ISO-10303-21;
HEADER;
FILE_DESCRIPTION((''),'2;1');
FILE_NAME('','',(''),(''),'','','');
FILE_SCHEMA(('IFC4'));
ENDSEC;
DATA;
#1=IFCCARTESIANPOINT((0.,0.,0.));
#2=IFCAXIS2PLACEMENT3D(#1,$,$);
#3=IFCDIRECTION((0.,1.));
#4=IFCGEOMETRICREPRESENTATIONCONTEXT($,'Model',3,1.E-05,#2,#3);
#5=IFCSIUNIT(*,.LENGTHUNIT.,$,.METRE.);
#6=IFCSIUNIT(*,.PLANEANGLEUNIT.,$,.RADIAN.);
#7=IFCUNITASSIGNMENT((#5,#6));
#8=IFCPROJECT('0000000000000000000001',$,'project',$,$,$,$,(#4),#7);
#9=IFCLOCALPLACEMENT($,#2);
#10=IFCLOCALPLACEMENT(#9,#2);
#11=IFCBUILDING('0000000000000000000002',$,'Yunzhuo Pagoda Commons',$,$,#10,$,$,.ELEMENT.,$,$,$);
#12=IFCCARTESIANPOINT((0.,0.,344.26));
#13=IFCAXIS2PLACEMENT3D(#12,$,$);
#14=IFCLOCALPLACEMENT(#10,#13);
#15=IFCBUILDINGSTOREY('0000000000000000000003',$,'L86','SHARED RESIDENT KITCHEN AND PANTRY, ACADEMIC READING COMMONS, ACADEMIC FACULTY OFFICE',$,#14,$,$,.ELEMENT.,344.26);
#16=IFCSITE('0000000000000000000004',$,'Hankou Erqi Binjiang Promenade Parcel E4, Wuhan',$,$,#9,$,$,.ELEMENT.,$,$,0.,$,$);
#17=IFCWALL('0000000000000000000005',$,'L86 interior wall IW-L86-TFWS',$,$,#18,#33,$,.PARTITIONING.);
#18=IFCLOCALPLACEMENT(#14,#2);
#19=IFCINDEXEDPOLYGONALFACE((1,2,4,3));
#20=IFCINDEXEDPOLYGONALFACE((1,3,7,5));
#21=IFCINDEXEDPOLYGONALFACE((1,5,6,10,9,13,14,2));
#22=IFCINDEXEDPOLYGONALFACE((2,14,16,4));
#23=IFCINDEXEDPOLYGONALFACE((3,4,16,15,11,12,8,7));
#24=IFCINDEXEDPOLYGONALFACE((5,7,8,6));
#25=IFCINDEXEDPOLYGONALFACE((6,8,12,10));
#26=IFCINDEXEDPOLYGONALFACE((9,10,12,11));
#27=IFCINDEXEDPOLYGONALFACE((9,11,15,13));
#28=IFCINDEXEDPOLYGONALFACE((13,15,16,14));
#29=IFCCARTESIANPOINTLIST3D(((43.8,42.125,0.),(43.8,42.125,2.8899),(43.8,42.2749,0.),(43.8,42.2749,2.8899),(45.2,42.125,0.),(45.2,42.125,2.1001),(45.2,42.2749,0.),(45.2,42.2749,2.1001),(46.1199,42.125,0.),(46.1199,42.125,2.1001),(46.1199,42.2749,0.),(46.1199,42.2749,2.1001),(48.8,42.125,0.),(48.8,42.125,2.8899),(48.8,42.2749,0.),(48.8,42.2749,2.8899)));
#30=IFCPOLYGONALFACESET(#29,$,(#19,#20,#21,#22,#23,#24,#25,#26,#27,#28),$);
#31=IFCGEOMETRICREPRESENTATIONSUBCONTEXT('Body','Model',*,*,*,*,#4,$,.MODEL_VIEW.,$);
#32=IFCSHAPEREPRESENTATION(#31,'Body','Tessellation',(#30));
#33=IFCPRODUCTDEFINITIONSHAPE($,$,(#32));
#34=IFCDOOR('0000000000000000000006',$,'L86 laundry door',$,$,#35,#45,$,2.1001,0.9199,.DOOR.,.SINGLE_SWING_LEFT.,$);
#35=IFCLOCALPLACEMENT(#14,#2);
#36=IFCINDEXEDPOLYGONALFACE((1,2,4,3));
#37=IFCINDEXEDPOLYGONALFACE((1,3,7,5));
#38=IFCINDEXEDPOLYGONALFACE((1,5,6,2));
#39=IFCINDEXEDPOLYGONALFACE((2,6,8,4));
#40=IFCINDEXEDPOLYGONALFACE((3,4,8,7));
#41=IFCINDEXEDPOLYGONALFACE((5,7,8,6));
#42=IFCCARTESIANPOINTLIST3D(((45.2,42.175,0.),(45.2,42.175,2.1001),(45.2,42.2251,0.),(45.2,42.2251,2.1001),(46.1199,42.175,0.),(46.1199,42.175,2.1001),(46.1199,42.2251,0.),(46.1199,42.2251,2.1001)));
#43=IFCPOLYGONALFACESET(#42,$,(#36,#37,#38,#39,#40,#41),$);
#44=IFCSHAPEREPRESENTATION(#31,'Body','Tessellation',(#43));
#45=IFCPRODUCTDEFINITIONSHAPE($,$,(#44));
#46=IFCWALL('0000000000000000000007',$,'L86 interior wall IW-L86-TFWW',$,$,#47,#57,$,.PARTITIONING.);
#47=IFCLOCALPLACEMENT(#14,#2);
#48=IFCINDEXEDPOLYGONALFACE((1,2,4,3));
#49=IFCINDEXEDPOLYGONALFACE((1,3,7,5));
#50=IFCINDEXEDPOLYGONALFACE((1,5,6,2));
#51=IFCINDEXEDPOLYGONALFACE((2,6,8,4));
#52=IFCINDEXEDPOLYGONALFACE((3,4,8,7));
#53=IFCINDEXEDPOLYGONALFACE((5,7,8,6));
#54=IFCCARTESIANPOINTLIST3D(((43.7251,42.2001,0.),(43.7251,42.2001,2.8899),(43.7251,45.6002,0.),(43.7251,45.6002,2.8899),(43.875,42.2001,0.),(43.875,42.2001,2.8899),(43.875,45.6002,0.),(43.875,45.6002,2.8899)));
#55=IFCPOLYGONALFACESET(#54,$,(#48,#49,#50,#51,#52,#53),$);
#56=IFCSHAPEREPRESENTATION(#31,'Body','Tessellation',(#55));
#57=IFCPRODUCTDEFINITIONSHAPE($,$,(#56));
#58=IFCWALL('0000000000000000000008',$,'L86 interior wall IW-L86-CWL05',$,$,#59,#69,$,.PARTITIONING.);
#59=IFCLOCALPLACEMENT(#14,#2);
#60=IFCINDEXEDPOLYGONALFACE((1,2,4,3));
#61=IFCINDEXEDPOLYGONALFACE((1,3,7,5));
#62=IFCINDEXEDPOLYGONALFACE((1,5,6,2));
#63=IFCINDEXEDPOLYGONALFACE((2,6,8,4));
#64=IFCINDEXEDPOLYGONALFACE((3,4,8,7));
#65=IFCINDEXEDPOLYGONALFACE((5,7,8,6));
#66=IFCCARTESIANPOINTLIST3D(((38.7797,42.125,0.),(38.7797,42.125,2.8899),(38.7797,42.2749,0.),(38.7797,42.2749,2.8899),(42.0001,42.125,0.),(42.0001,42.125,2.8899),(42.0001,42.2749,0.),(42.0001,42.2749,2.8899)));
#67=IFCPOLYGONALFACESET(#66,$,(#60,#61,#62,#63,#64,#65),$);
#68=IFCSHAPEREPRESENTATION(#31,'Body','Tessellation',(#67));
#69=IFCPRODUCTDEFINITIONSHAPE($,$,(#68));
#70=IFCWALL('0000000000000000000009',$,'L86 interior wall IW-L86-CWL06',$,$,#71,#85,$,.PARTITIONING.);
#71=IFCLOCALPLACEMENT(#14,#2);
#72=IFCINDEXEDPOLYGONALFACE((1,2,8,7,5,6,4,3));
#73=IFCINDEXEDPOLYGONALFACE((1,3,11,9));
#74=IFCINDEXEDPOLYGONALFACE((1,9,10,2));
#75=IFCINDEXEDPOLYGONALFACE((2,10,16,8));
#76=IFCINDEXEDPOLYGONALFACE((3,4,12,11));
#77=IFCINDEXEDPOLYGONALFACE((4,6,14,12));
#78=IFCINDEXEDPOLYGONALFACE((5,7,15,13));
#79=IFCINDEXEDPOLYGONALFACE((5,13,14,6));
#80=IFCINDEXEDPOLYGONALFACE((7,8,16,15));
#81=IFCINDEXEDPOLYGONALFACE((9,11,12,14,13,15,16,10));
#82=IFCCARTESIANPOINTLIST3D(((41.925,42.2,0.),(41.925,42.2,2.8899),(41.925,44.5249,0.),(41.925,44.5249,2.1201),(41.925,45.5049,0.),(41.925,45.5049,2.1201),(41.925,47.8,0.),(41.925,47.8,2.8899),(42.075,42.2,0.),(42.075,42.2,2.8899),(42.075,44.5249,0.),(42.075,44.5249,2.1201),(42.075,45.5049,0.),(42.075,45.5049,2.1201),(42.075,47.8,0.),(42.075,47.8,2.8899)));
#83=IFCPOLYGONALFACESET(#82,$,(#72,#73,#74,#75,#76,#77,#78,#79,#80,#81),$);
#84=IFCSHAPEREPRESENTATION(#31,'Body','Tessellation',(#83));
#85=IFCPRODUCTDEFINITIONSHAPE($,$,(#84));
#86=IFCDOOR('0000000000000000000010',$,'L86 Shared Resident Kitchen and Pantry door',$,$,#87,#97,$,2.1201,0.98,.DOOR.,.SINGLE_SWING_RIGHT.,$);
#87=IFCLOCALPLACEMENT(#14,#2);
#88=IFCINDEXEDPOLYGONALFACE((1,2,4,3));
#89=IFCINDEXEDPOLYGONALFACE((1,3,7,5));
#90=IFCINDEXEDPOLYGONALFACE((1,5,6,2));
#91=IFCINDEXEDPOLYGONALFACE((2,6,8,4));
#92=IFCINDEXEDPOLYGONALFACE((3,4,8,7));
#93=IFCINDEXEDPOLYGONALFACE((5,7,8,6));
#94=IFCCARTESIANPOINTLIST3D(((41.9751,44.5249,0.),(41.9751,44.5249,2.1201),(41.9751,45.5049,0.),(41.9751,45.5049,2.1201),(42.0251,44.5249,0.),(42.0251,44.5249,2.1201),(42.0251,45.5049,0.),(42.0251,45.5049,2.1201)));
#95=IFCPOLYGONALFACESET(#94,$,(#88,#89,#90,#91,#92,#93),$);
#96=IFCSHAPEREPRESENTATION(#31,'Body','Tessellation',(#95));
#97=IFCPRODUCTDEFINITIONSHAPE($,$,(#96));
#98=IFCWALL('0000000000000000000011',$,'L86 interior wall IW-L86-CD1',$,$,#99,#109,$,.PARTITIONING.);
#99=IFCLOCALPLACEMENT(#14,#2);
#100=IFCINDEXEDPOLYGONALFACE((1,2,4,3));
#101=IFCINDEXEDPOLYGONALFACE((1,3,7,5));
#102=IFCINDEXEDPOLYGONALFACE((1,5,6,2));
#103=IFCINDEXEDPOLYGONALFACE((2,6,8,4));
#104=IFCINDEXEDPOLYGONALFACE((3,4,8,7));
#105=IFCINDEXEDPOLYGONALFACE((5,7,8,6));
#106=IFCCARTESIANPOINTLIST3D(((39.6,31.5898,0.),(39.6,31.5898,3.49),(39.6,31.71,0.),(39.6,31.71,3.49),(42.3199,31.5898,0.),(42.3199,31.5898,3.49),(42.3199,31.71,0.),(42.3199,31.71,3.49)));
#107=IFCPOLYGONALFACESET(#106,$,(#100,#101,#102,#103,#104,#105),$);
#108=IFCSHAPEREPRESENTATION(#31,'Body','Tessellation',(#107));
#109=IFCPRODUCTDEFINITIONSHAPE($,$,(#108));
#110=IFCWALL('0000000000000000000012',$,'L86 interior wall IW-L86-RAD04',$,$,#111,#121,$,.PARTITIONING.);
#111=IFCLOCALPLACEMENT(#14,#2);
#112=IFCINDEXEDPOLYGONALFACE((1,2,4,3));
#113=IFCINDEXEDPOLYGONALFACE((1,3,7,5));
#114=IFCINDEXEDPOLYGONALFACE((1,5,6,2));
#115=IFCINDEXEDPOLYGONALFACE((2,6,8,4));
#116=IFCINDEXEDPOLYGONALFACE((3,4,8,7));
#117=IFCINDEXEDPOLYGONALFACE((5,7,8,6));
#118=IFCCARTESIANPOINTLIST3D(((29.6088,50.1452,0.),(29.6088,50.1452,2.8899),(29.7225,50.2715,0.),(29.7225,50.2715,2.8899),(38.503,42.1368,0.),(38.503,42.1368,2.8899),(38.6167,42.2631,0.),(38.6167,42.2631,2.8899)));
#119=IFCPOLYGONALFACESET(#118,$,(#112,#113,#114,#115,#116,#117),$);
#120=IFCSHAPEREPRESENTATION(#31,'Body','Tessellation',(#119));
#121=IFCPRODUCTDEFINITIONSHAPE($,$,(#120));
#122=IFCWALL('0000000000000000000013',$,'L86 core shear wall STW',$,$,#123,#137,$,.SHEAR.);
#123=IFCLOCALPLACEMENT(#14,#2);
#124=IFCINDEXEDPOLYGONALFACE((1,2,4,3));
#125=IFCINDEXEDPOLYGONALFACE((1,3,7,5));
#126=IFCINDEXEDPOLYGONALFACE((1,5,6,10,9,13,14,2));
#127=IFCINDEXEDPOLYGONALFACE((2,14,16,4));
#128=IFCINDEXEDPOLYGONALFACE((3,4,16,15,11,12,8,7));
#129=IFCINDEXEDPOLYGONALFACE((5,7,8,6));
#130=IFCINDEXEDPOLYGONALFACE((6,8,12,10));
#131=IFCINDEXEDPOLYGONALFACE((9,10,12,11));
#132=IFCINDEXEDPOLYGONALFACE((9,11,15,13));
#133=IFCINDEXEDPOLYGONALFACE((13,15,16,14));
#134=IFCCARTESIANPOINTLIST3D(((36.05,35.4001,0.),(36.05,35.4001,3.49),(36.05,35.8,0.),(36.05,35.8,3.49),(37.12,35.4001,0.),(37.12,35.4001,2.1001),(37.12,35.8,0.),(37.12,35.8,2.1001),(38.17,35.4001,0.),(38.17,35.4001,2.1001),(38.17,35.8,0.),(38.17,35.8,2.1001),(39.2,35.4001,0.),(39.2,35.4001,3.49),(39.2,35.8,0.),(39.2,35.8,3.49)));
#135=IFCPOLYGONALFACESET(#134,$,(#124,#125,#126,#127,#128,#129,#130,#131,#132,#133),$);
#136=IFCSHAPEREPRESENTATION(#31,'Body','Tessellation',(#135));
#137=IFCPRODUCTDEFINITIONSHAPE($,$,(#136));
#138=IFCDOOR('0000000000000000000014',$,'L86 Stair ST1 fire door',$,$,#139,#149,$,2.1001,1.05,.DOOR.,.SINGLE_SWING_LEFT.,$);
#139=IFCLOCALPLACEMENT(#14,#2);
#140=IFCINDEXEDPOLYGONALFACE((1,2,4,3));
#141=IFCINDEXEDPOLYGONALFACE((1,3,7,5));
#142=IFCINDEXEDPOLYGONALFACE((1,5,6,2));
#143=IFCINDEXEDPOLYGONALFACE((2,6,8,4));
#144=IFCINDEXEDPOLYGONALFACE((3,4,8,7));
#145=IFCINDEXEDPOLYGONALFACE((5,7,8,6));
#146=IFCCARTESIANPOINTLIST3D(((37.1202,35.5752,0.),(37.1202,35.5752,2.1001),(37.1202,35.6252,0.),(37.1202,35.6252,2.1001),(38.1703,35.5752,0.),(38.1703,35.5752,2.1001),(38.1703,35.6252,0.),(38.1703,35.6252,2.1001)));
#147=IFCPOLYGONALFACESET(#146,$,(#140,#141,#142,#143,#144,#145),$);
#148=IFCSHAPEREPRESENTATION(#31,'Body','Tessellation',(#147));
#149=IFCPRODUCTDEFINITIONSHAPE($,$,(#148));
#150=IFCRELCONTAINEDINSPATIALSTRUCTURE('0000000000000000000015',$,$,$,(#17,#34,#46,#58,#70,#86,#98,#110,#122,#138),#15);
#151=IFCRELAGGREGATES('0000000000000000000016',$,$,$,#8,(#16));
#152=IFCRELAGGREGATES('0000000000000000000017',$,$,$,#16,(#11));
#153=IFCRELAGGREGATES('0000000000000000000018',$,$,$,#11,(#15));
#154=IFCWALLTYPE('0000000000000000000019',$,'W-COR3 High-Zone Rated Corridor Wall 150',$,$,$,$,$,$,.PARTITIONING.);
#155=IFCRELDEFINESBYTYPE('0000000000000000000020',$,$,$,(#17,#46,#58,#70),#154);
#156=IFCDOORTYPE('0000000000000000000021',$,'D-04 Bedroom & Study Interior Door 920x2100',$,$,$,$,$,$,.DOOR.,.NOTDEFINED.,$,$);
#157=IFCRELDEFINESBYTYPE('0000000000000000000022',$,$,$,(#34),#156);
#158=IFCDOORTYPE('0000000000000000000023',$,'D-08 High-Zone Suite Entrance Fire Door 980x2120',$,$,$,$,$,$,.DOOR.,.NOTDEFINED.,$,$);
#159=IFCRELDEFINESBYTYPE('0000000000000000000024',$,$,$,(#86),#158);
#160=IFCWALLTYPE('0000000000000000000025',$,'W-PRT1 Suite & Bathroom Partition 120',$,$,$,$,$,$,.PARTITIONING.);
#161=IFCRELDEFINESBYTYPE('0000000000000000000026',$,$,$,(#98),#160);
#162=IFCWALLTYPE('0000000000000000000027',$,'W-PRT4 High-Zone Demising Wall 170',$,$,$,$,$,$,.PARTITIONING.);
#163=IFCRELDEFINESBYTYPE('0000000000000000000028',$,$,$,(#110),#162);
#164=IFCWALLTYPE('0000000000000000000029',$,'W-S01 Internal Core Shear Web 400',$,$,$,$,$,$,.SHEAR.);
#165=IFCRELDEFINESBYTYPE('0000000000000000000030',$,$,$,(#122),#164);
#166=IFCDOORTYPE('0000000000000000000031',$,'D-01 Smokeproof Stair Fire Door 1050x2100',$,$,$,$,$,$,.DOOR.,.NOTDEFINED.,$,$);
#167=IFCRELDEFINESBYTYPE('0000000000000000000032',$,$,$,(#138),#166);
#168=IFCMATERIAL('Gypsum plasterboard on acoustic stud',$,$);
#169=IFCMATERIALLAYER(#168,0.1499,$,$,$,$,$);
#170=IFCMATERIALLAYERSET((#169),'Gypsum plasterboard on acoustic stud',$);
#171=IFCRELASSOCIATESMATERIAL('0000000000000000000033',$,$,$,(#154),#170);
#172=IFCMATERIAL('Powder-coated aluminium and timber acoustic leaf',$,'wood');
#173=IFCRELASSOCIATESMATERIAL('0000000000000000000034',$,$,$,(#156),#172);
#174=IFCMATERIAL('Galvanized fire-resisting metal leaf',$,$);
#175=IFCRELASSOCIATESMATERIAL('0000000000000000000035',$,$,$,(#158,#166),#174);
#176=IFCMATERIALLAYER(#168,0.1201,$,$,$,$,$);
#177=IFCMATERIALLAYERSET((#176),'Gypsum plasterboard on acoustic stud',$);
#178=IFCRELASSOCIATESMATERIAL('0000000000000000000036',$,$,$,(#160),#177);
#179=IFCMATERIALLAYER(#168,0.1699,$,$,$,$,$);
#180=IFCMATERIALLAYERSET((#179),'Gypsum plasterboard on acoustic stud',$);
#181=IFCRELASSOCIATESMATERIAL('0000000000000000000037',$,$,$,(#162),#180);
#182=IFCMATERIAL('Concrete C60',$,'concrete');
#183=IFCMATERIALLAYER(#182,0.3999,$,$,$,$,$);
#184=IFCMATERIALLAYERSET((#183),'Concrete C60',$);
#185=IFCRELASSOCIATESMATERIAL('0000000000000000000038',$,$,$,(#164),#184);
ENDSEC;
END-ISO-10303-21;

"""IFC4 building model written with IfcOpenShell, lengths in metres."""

from ifc_helpers import new_model, si_unit, direction, frame, frame_2d, origin, origin_with_axes, place, context, subcontext, project, spatial, rectangle, extrude, source, transform, mapped, material, layer, layer_set, type_object, element, fill, save


model = new_model("IFC4")

# Units and contexts
model_context = context("Model", 3, precision=1e-05, world=origin(), true_north=direction((0.0, 1.0)))
body_context = subcontext(model_context, "Body", "Model", "MODEL_VIEW")
ifc_project = project(units=[si_unit("LENGTHUNIT", "METRE"), si_unit("PLANEANGLEUNIT", "RADIAN")], contexts=[model_context])

# Site, building, storey
site_placement = place(None, origin())
site = spatial("IfcSite", under=ifc_project, at=site_placement, Name="Hankou Erqi Binjiang Promenade Parcel E4, Wuhan", CompositionType="ELEMENT", RefElevation=0.0)
building_placement = place(site_placement, origin())
building = spatial("IfcBuilding", under=site, at=building_placement, Name="Yunzhuo Pagoda Commons", CompositionType="ELEMENT")
storey_placement = place(building_placement, frame((0.0, 0.0, 344.26)))
storey = spatial("IfcBuildingStorey", under=building, at=storey_placement, Name="L86", Description="SHARED RESIDENT KITCHEN AND PANTRY, ACADEMIC READING COMMONS, ACADEMIC FACULTY OFFICE", CompositionType="ELEMENT", Elevation=344.26)

# Wall, opening, door
ifc_material_1 = material(Name="Galvanized fire-resisting metal leaf")
shared_shape_1 = source(origin(), body_context, "Body", "SweptSolid", [
    extrude(rectangle(XDim=1.05, YDim=2.1001, at=frame_2d((0.5249, 1.05))), frame((0.0, 0.0249, 0.0), z_axis=(0.0, -1.0, 0.0), x_axis=(1.0, 0.0, 0.0)), (0.0, 0.0, 1.0), 0.05),
])
ifc_material_2 = material(Name="Gypsum plasterboard on acoustic stud")
ifc_layer_1 = layer(ifc_material_2, 0.1499)
ifc_layer_set_1 = layer_set([ifc_layer_1], Name="Gypsum plasterboard on acoustic stud")
wall_type_1 = type_object("IfcWallType", Name="W-COR3 High-Zone Rated Corridor Wall 150", PredefinedType="PARTITIONING", material=ifc_layer_set_1)
wall_1_placement = place(storey_placement, frame((43.8, 42.2, 0.0), z_axis=(0.0, 0.0, 1.0), x_axis=(1.0, 0.0, 0.0)))
wall_1 = element("IfcWall", 1, at=wall_1_placement, inside=storey, type_object=wall_type_1, Name="L86 interior wall IW-L86-TFWS", PredefinedType="PARTITIONING", context=body_context, shape_type="SweptSolid", body=[
    extrude(rectangle(XDim=5.0, YDim=0.1499, at=frame_2d((2.5, 0.0))), origin(), (0.0, 0.0, 1.0), 2.8899),
])
opening_1_placement = place(wall_1_placement, frame((1.3999, 0.0, 0.0)))
opening_1 = element("IfcOpeningElement", 2, at=opening_1_placement, cuts=wall_1, PredefinedType="OPENING", context=body_context, shape_type="SweptSolid", body=[
    extrude(rectangle(XDim=0.9199, YDim=2.1001, at=frame_2d((0.46, 1.05))), frame((0.0, 0.085, 0.0), z_axis=(0.0, -1.0, 0.0), x_axis=(1.0, 0.0, 0.0)), (0.0, 0.0, 1.0), 0.1699),
])
ifc_material_3 = material(Name="Powder-coated aluminium and timber acoustic leaf", Category="wood")
door_type_1 = type_object("IfcDoorType", Name="D-04 Bedroom & Study Interior Door 920x2100", OperationType="NOTDEFINED", PredefinedType="DOOR", material=ifc_material_3)
shared_shape_2 = source(origin(), body_context, "Body", "SweptSolid", [
    extrude(rectangle(XDim=0.9199, YDim=2.1001, at=frame_2d((0.46, 1.05))), frame((0.0, 0.0249, 0.0), z_axis=(0.0, -1.0, 0.0), x_axis=(1.0, 0.0, 0.0)), (0.0, 0.0, 1.0), 0.05),
])
door_1_placement = place(opening_1_placement, frame((0.9199, 0.0, 0.0), z_axis=(0.0, 0.0, 1.0), x_axis=(-1.0, 0.0, 0.0)))
door_1 = element("IfcDoor", 3, at=door_1_placement, inside=storey, type_object=door_type_1, Name="L86 laundry door", OperationType="SINGLE_SWING_LEFT", OverallHeight=2.1001, OverallWidth=0.9199, PredefinedType="DOOR", context=body_context, shape_type="MappedRepresentation", body=[
    mapped(shared_shape_2, transform((0.0, 0.0, 0.0), scale=1.0)),
])
fill(opening_1, door_1)

# Walls
wall_2_placement = place(storey_placement, frame((43.8, 42.2, 0.0), z_axis=(0.0, 0.0, 1.0), x_axis=(0.0, 1.0, 0.0)))
element("IfcWall", 4, at=wall_2_placement, inside=storey, type_object=wall_type_1, Name="L86 interior wall IW-L86-TFWW", PredefinedType="PARTITIONING", context=body_context, shape_type="SweptSolid", body=[
    extrude(rectangle(XDim=3.4001, YDim=0.1499, at=frame_2d((1.7002, 0.0))), origin(), (0.0, 0.0, 1.0), 2.8899),
])
wall_3_placement = place(storey_placement, frame((38.7795, 42.2, 0.0), z_axis=(0.0, 0.0, 1.0), x_axis=(1.0, 0.0, 0.0)))
element("IfcWall", 5, at=wall_3_placement, inside=storey, type_object=wall_type_1, Name="L86 interior wall IW-L86-CWL05", PredefinedType="PARTITIONING", context=body_context, shape_type="SweptSolid", body=[
    extrude(rectangle(XDim=3.2205, YDim=0.1499, at=frame_2d((1.6104, 0.0))), origin(), (0.0, 0.0, 1.0), 2.8899),
])

# Wall, opening, door
wall_4_placement = place(storey_placement, frame((42.0, 42.2, 0.0), z_axis=(0.0, 0.0, 1.0), x_axis=(0.0, 1.0, 0.0)))
wall_4 = element("IfcWall", 6, at=wall_4_placement, inside=storey, type_object=wall_type_1, Name="L86 interior wall IW-L86-CWL06", PredefinedType="PARTITIONING", context=body_context, shape_type="SweptSolid", body=[
    extrude(rectangle(XDim=5.6001, YDim=0.1499, at=frame_2d((2.8, 0.0))), origin(), (0.0, 0.0, 1.0), 2.8899),
])
opening_2_placement = place(wall_4_placement, frame((2.325, 0.0, 0.0)))
opening_2 = element("IfcOpeningElement", 7, at=opening_2_placement, cuts=wall_4, PredefinedType="OPENING", context=body_context, shape_type="SweptSolid", body=[
    extrude(rectangle(XDim=0.98, YDim=2.1201, at=frame_2d((0.49, 1.0601))), frame((0.0, 0.085, 0.0), z_axis=(0.0, -1.0, 0.0), x_axis=(1.0, 0.0, 0.0)), (0.0, 0.0, 1.0), 0.1699),
])
door_type_2 = type_object("IfcDoorType", Name="D-08 High-Zone Suite Entrance Fire Door 980x2120", OperationType="NOTDEFINED", PredefinedType="DOOR", material=ifc_material_1)
shared_shape_3 = source(origin(), body_context, "Body", "SweptSolid", [
    extrude(rectangle(XDim=0.98, YDim=2.1201, at=frame_2d((0.49, 1.0601))), frame((0.0, 0.0249, 0.0), z_axis=(0.0, -1.0, 0.0), x_axis=(1.0, 0.0, 0.0)), (0.0, 0.0, 1.0), 0.05),
])
door_2_placement = place(opening_2_placement, origin_with_axes())
door_2 = element("IfcDoor", 8, at=door_2_placement, inside=storey, type_object=door_type_2, Name="L86 Shared Resident Kitchen and Pantry door", OperationType="SINGLE_SWING_RIGHT", OverallHeight=2.1201, OverallWidth=0.98, PredefinedType="DOOR", context=body_context, shape_type="MappedRepresentation", body=[
    mapped(shared_shape_3, transform((0.0, 0.0, 0.0), scale=1.0)),
])
fill(opening_2, door_2)

# Walls
ifc_layer_2 = layer(ifc_material_2, 0.1201)
ifc_layer_set_2 = layer_set([ifc_layer_2], Name="Gypsum plasterboard on acoustic stud")
wall_type_2 = type_object("IfcWallType", Name="W-PRT1 Suite & Bathroom Partition 120", PredefinedType="PARTITIONING", material=ifc_layer_set_2)
wall_5_placement = place(storey_placement, frame((39.6001, 31.6499, 0.0), z_axis=(0.0, 0.0, 1.0), x_axis=(1.0, 0.0, 0.0)))
element("IfcWall", 9, at=wall_5_placement, inside=storey, type_object=wall_type_2, Name="L86 interior wall IW-L86-CD1", PredefinedType="PARTITIONING", context=body_context, shape_type="SweptSolid", body=[
    extrude(rectangle(XDim=2.72, YDim=0.1201, at=frame_2d((1.3599, 0.0))), origin(), (0.0, 0.0, 1.0), 3.49),
])
ifc_layer_3 = layer(ifc_material_2, 0.1699)
ifc_layer_set_3 = layer_set([ifc_layer_3], Name="Gypsum plasterboard on acoustic stud")
wall_type_3 = type_object("IfcWallType", Name="W-PRT4 High-Zone Demising Wall 170", PredefinedType="PARTITIONING", material=ifc_layer_set_3)
wall_6_placement = place(storey_placement, frame((38.5598, 42.2, 0.0), z_axis=(0.0, 0.0, 1.0), x_axis=(-0.743142, 0.669134, 0.0)))
element("IfcWall", 10, at=wall_6_placement, inside=storey, type_object=wall_type_3, Name="L86 interior wall IW-L86-RAD04", PredefinedType="PARTITIONING", context=body_context, shape_type="SweptSolid", body=[
    extrude(rectangle(XDim=11.9683, YDim=0.1699, at=frame_2d((5.9841, 0.0))), origin(), (0.0, 0.0, 1.0), 2.8899),
])

# Wall, opening, door
ifc_material_4 = material(Name="Concrete C60", Category="concrete")
ifc_layer_4 = layer(ifc_material_4, 0.3999)
ifc_layer_set_4 = layer_set([ifc_layer_4], Name="Concrete C60")
wall_type_4 = type_object("IfcWallType", Name="W-S01 Internal Core Shear Web 400", PredefinedType="SHEAR", material=ifc_layer_set_4)
wall_7_placement = place(storey_placement, frame((36.05, 35.6001, 0.0), z_axis=(0.0, 0.0, 1.0), x_axis=(1.0, 0.0, 0.0)))
wall_7 = element("IfcWall", 11, at=wall_7_placement, inside=storey, type_object=wall_type_4, Name="L86 core shear wall STW", PredefinedType="SHEAR", context=body_context, shape_type="SweptSolid", body=[
    extrude(rectangle(XDim=3.1499, YDim=0.3999, at=frame_2d((1.575, 0.0))), origin(), (0.0, 0.0, 1.0), 3.49),
])
opening_3_placement = place(wall_7_placement, frame((1.0701, 0.0, 0.0)))
opening_3 = element("IfcOpeningElement", 12, at=opening_3_placement, cuts=wall_7, PredefinedType="OPENING", context=body_context, shape_type="SweptSolid", body=[
    extrude(rectangle(XDim=1.05, YDim=2.1001, at=frame_2d((0.5249, 1.05))), frame((0.0, 0.21, 0.0), z_axis=(0.0, -1.0, 0.0), x_axis=(1.0, 0.0, 0.0)), (0.0, 0.0, 1.0), 0.4199),
])
door_type_3 = type_object("IfcDoorType", Name="D-01 Smokeproof Stair Fire Door 1050x2100", OperationType="NOTDEFINED", PredefinedType="DOOR", material=ifc_material_1)
door_3_placement = place(opening_3_placement, frame((1.05, 0.0, 0.0), z_axis=(0.0, 0.0, 1.0), x_axis=(-1.0, 0.0, 0.0)))
door_3 = element("IfcDoor", 13, at=door_3_placement, inside=storey, type_object=door_type_3, Name="L86 Stair ST1 fire door", OperationType="SINGLE_SWING_LEFT", OverallHeight=2.1001, OverallWidth=1.05, PredefinedType="DOOR", context=body_context, shape_type="MappedRepresentation", body=[
    mapped(shared_shape_1, transform((0.0, 0.0, 0.0), scale=1.0)),
])
fill(opening_3, door_3)

save(model, "model.ifc")
